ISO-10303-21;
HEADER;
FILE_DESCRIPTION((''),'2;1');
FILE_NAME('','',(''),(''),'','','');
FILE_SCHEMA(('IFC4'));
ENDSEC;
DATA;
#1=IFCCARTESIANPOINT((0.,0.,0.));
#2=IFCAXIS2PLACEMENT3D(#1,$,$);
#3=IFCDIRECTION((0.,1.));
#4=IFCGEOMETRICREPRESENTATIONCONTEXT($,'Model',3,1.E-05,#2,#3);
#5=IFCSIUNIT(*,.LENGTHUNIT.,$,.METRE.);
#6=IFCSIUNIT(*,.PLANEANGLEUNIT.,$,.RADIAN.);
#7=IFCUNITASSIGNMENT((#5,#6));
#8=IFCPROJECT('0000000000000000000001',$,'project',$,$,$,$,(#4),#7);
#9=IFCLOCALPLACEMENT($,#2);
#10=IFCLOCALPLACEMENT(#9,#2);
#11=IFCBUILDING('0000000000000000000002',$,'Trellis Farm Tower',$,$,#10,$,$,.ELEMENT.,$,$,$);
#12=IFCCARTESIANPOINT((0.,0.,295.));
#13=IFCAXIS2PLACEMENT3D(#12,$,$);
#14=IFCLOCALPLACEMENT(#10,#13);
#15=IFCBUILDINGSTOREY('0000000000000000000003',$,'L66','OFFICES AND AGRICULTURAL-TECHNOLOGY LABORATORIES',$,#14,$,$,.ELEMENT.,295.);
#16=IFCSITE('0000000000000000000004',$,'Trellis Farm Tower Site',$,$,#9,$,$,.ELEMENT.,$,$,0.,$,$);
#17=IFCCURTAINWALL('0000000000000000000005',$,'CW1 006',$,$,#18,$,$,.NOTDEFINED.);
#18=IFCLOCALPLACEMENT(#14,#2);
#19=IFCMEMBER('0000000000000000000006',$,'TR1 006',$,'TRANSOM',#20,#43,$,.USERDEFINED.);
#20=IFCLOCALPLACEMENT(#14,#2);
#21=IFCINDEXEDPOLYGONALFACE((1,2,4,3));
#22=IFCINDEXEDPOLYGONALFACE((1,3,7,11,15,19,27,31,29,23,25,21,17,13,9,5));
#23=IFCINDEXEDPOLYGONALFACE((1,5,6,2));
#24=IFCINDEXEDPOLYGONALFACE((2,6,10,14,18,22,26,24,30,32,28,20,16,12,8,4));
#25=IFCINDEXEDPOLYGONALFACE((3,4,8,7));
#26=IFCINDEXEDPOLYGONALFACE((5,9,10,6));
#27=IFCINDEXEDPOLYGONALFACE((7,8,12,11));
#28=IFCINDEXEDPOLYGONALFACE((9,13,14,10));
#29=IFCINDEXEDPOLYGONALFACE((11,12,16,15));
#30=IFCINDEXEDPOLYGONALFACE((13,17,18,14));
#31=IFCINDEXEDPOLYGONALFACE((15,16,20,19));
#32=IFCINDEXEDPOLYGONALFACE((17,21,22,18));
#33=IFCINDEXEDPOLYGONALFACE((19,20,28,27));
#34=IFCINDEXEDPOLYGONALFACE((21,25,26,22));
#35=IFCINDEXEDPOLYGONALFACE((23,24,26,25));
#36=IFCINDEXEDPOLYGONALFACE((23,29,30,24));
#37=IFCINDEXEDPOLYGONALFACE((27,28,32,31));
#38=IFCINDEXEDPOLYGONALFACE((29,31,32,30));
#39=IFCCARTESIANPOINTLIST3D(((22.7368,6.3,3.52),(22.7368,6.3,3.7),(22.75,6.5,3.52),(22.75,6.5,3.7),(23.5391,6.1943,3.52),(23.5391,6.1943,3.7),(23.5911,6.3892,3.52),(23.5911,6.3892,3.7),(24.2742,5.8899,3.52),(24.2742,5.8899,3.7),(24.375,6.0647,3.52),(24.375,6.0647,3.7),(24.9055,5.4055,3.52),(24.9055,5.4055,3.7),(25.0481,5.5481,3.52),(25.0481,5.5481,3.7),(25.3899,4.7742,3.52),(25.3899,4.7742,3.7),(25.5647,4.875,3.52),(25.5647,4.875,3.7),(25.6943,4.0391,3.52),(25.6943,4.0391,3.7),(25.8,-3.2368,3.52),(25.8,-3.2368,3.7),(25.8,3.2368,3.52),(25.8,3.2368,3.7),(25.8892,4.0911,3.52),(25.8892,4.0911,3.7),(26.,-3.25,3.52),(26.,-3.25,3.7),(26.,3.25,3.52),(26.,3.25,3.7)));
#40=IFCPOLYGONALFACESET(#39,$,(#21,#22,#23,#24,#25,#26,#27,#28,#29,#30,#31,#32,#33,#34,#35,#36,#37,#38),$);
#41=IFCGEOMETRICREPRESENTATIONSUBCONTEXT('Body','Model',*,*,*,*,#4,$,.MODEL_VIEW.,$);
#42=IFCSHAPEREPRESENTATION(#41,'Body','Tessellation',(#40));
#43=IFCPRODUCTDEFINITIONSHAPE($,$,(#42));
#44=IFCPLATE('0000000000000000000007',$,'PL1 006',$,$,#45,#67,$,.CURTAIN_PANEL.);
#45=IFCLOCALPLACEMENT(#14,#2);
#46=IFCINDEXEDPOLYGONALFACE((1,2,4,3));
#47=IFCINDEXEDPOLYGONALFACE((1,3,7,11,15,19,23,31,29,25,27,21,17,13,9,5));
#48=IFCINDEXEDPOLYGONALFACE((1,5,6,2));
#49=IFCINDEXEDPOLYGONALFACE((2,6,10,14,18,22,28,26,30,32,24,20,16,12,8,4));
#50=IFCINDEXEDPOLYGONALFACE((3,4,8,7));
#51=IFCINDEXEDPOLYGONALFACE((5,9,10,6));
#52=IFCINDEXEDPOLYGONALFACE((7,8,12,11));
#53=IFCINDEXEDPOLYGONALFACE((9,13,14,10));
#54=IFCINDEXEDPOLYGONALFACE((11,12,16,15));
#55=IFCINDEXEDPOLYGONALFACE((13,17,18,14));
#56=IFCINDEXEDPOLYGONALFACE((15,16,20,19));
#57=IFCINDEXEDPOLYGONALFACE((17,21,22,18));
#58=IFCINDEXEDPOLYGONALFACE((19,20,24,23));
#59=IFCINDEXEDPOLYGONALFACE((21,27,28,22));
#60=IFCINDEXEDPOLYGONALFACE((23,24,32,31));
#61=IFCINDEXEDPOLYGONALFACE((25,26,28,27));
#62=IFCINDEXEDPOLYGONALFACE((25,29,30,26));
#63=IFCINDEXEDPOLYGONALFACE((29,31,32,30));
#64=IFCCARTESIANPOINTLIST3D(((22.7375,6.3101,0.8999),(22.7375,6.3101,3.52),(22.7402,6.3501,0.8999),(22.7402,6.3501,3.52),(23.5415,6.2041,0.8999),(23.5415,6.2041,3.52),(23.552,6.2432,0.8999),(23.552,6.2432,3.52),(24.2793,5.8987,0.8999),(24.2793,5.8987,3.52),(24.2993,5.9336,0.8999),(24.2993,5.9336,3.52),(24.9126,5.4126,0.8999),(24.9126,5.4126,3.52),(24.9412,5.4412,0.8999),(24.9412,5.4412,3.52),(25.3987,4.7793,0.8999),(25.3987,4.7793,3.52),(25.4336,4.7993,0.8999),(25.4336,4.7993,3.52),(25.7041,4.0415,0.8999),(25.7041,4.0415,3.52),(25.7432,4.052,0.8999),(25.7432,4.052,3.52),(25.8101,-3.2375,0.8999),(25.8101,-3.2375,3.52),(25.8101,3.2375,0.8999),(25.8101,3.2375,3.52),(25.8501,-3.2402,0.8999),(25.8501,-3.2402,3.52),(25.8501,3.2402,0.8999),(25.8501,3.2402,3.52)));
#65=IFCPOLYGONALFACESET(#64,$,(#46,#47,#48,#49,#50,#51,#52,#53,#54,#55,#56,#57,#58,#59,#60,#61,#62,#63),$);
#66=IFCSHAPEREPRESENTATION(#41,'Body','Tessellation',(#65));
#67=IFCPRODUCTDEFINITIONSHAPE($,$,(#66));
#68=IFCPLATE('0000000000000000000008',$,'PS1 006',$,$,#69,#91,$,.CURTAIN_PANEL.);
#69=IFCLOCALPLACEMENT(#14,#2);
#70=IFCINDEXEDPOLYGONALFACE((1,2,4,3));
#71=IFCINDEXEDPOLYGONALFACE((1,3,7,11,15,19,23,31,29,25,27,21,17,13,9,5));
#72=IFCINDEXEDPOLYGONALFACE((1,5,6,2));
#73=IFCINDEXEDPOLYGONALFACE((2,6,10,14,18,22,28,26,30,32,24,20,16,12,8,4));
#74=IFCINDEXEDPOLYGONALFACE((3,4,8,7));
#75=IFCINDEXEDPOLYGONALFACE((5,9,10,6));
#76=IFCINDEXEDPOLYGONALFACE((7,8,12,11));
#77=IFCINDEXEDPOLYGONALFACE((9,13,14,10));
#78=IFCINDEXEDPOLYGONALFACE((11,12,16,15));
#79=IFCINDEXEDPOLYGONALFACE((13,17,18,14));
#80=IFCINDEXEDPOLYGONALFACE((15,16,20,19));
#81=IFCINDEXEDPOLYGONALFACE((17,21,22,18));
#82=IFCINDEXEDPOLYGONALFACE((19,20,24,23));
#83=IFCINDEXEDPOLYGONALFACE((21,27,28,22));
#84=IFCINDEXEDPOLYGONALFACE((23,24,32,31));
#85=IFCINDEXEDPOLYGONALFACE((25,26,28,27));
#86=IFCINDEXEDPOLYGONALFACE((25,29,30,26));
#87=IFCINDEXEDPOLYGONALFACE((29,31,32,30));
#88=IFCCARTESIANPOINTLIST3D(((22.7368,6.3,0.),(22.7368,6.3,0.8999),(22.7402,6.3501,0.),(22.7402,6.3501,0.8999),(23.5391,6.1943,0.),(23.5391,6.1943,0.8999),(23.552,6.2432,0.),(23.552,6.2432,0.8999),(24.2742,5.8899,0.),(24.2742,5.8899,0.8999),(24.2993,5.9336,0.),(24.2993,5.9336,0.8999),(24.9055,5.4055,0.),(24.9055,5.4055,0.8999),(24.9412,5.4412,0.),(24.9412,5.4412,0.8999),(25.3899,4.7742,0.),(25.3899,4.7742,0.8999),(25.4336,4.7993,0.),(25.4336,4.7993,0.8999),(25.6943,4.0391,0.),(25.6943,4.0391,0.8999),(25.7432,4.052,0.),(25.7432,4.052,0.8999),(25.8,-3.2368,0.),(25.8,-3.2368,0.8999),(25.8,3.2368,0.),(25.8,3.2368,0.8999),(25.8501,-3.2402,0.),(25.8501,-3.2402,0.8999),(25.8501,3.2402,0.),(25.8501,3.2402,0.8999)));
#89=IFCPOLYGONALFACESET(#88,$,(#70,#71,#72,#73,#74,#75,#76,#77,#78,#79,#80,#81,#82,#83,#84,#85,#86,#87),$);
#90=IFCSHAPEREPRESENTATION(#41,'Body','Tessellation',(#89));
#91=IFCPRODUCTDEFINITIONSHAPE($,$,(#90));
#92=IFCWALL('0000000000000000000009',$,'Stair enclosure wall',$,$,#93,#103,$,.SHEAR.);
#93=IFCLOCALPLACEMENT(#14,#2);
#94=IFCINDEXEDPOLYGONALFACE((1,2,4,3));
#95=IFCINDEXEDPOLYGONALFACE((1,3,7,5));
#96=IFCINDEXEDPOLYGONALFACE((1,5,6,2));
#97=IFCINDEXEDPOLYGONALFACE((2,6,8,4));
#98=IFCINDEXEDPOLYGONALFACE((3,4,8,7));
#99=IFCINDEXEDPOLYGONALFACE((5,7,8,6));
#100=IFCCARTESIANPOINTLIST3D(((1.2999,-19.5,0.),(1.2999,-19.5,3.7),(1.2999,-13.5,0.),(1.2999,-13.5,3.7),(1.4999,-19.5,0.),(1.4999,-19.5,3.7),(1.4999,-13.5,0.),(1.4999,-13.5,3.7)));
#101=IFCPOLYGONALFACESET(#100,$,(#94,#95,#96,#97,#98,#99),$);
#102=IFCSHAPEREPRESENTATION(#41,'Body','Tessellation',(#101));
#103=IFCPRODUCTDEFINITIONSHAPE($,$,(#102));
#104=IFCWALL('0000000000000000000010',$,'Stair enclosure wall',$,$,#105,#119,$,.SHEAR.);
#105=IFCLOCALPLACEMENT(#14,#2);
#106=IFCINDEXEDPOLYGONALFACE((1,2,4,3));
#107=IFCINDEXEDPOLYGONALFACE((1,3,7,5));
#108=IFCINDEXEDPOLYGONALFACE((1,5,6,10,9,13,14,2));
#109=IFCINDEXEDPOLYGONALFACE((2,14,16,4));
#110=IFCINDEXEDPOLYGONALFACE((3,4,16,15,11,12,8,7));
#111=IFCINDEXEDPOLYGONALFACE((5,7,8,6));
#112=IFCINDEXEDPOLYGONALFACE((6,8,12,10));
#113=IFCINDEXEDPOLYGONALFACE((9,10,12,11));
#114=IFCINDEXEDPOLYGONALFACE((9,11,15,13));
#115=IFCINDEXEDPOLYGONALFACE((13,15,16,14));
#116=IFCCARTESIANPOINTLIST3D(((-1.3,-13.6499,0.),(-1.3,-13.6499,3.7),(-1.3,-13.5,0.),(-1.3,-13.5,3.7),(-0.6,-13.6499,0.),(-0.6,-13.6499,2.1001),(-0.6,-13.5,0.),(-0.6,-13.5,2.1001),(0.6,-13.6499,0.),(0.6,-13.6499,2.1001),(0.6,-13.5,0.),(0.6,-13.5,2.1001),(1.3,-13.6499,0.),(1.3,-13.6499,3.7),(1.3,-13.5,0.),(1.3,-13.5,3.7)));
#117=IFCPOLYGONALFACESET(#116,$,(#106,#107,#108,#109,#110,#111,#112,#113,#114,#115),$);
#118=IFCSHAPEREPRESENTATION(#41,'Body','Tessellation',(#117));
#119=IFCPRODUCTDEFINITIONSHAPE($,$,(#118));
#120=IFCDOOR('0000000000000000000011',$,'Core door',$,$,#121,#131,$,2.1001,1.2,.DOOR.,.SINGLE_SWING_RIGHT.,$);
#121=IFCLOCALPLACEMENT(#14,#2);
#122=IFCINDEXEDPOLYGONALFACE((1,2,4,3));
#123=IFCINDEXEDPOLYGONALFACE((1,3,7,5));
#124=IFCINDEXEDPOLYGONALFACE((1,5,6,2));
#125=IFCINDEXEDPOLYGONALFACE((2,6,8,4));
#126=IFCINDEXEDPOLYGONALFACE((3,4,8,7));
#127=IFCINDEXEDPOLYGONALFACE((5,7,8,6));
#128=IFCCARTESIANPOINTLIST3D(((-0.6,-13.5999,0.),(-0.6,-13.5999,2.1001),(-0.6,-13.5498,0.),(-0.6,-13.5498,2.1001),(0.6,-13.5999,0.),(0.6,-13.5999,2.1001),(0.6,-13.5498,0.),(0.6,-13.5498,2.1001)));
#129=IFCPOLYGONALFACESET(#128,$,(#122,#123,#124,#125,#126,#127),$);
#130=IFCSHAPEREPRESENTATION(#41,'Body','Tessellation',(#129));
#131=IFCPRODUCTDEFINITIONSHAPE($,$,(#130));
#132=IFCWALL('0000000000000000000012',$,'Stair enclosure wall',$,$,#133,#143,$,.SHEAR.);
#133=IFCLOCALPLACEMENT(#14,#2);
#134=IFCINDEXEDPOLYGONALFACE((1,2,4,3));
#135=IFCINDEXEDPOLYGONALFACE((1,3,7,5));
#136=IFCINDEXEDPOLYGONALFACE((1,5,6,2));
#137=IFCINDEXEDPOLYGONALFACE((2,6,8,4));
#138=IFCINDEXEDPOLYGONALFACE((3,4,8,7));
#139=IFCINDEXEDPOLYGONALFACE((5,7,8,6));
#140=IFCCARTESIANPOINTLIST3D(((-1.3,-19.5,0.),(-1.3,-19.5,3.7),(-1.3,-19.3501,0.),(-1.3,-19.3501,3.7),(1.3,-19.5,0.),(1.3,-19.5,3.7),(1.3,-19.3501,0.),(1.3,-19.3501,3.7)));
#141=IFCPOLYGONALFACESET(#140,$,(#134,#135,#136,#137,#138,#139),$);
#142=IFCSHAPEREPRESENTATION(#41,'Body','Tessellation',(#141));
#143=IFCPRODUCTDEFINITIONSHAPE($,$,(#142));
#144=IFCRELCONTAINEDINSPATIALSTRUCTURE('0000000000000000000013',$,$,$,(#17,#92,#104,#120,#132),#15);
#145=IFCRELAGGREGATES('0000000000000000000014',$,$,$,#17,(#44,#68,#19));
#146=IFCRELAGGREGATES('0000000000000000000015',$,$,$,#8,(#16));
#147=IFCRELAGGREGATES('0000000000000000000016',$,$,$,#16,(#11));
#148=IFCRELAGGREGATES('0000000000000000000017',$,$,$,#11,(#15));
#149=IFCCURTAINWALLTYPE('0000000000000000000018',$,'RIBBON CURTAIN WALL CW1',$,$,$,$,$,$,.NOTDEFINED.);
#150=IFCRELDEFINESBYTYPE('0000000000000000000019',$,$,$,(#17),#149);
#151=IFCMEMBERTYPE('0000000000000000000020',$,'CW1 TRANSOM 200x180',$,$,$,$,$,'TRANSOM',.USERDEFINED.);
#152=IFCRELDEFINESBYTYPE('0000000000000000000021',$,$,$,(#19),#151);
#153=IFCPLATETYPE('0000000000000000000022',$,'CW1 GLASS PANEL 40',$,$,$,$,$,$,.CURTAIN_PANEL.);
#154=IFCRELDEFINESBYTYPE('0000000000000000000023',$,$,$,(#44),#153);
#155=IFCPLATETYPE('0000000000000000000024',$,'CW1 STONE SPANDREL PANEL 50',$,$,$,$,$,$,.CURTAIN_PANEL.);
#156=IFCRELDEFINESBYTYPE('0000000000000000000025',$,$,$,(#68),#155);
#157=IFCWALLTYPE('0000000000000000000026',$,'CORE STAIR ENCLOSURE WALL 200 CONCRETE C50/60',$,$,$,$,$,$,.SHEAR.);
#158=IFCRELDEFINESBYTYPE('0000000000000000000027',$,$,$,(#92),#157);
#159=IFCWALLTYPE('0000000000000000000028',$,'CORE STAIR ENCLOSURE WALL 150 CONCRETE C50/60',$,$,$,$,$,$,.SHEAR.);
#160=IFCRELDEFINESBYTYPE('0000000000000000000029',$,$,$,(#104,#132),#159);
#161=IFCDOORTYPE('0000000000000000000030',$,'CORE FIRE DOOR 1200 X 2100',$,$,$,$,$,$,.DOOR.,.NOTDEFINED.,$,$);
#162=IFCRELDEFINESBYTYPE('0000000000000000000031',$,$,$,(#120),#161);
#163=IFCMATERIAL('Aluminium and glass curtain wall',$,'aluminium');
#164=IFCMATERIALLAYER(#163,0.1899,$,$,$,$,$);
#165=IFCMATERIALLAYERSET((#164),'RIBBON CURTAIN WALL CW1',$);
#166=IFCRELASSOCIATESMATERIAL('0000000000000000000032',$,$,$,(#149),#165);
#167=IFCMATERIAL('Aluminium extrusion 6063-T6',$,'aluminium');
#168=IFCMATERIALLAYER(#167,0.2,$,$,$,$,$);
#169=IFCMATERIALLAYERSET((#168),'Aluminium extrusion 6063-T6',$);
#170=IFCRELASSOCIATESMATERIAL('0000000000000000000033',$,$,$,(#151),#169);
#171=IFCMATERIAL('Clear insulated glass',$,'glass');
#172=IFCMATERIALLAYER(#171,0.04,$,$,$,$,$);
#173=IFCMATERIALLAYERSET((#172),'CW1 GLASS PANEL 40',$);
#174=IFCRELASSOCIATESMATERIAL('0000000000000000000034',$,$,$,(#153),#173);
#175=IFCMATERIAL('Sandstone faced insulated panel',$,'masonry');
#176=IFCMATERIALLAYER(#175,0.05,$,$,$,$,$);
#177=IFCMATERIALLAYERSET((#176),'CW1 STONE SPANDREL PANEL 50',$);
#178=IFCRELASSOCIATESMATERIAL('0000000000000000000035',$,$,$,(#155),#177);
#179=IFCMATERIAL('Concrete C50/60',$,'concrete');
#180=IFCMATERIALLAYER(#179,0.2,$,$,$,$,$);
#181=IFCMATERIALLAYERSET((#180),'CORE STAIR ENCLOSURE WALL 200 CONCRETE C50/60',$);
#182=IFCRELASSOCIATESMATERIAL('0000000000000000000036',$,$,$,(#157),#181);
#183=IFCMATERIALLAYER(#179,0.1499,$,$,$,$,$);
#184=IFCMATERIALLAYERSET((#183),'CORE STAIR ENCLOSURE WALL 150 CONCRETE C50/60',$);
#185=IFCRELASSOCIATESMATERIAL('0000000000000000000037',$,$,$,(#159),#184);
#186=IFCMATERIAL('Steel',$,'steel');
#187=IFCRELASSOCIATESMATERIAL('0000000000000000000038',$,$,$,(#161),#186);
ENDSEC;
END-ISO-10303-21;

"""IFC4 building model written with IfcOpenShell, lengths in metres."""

from ifc_helpers import new_model, si_unit, direction, frame, frame_2d, origin, place, context, subcontext, project, spatial, polyline, rectangle, outline, extrude, source, transform, mapped, material, layer, layer_set, type_object, element, fill, aggregate, save


model = new_model("IFC4")

# Units and contexts
model_context = context("Model", 3, precision=1e-05, world=origin(), true_north=direction((0.0, 1.0)))
body_context = subcontext(model_context, "Body", "Model", "MODEL_VIEW")
ifc_project = project(units=[si_unit("LENGTHUNIT", "METRE"), si_unit("PLANEANGLEUNIT", "RADIAN")], contexts=[model_context])

# Site, building, storey
site_placement = place(None, origin())
site = spatial("IfcSite", under=ifc_project, at=site_placement, Name="Trellis Farm Tower Site", CompositionType="ELEMENT", RefElevation=0.0)
building_placement = place(site_placement, origin())
building = spatial("IfcBuilding", under=site, at=building_placement, Name="Trellis Farm Tower", CompositionType="ELEMENT")
storey_placement = place(building_placement, frame((0.0, 0.0, 295.0)))
storey = spatial("IfcBuildingStorey", under=building, at=storey_placement, Name="L66", Description="OFFICES AND AGRICULTURAL-TECHNOLOGY LABORATORIES", CompositionType="ELEMENT", Elevation=295.0)

# Curtain wall, member, plates
ifc_material_1 = material(Name="Aluminium and glass curtain wall", Category="aluminium")
ifc_layer_1 = layer(ifc_material_1, 0.1899)
ifc_layer_set_1 = layer_set([ifc_layer_1], Name="RIBBON CURTAIN WALL CW1")
curtain_wall_type = type_object("IfcCurtainWallType", Name="RIBBON CURTAIN WALL CW1", PredefinedType="NOTDEFINED", material=ifc_layer_set_1)
placement = place(storey_placement, origin())
curtain_wall = element("IfcCurtainWall", 1, at=placement, inside=storey, type_object=curtain_wall_type, Name="CW1 006", PredefinedType="NOTDEFINED")
ifc_material_2 = material(Name="Aluminium extrusion 6063-T6", Category="aluminium")
ifc_layer_2 = layer(ifc_material_2, 0.2)
ifc_layer_set_2 = layer_set([ifc_layer_2], Name="Aluminium extrusion 6063-T6")
member_type = type_object("IfcMemberType", Name="CW1 TRANSOM 200x180", ElementType="TRANSOM", PredefinedType="USERDEFINED", material=ifc_layer_set_2)
shared_shape_1 = source(origin(), body_context, "Body", "SweptSolid", [
    extrude(outline(polyline([(26.0, -3.25), (26.0, 3.25), (25.8892, 4.0911), (25.5647, 4.875), (25.0481, 5.5481), (24.375, 6.0647), (23.5911, 6.3892), (22.75, 6.5), (22.7368, 6.3), (23.5391, 6.1943), (24.2742, 5.8899), (24.9055, 5.4055), (25.3899, 4.7742), (25.6943, 4.0391), (25.8, 3.2368), (25.8, -3.2368), (26.0, -3.25)])), origin(), (0.0, 0.0, 1.0), 0.1799),
])
member_placement = place(storey_placement, frame((0.0, 0.0, 3.52)))
member = element("IfcMember", 2, at=member_placement, type_object=member_type, Name="TR1 006", ObjectType="TRANSOM", PredefinedType="USERDEFINED", context=body_context, shape_type="MappedRepresentation", body=[
    mapped(shared_shape_1, transform((0.0, 0.0, 0.0))),
])
ifc_material_3 = material(Name="Clear insulated glass", Category="glass")
ifc_layer_3 = layer(ifc_material_3, 0.04)
ifc_layer_set_3 = layer_set([ifc_layer_3], Name="CW1 GLASS PANEL 40")
plate_type_1 = type_object("IfcPlateType", Name="CW1 GLASS PANEL 40", PredefinedType="CURTAIN_PANEL", material=ifc_layer_set_3)
shared_shape_2 = source(origin(), body_context, "Body", "SweptSolid", [
    extrude(outline(polyline([(25.8501, -3.2402), (25.8501, 3.2402), (25.7432, 4.052), (25.4336, 4.7993), (24.9412, 5.4412), (24.2993, 5.9336), (23.552, 6.2432), (22.7402, 6.3501), (22.7375, 6.3101), (23.5415, 6.2041), (24.2793, 5.8987), (24.9126, 5.4126), (25.3987, 4.7793), (25.7041, 4.0415), (25.8101, 3.2375), (25.8101, -3.2375), (25.8501, -3.2402)])), origin(), (0.0, 0.0, 1.0), 2.6201),
])
plate_1_placement = place(storey_placement, frame((0.0, 0.0, 0.8999)))
plate_1 = element("IfcPlate", 3, at=plate_1_placement, type_object=plate_type_1, Name="PL1 006", PredefinedType="CURTAIN_PANEL", context=body_context, shape_type="MappedRepresentation", body=[
    mapped(shared_shape_2, transform((0.0, 0.0, 0.0))),
])
ifc_material_4 = material(Name="Sandstone faced insulated panel", Category="masonry")
ifc_layer_4 = layer(ifc_material_4, 0.05)
ifc_layer_set_4 = layer_set([ifc_layer_4], Name="CW1 STONE SPANDREL PANEL 50")
plate_type_2 = type_object("IfcPlateType", Name="CW1 STONE SPANDREL PANEL 50", PredefinedType="CURTAIN_PANEL", material=ifc_layer_set_4)
shared_shape_3 = source(origin(), body_context, "Body", "SweptSolid", [
    extrude(outline(polyline([(25.8501, -3.2402), (25.8501, 3.2402), (25.7432, 4.052), (25.4336, 4.7993), (24.9412, 5.4412), (24.2993, 5.9336), (23.552, 6.2432), (22.7402, 6.3501), (22.7368, 6.3), (23.5391, 6.1943), (24.2742, 5.8899), (24.9055, 5.4055), (25.3899, 4.7742), (25.6943, 4.0391), (25.8, 3.2368), (25.8, -3.2368), (25.8501, -3.2402)])), origin(), (0.0, 0.0, 1.0), 0.8999),
])
plate_2 = element("IfcPlate", 4, at=placement, type_object=plate_type_2, Name="PS1 006", PredefinedType="CURTAIN_PANEL", context=body_context, shape_type="MappedRepresentation", body=[
    mapped(shared_shape_3, transform((0.0, 0.0, 0.0))),
])
aggregate(curtain_wall, [plate_1, plate_2, member])

# Wall
ifc_material_5 = material(Name="Concrete C50/60", Category="concrete")
ifc_layer_5 = layer(ifc_material_5, 0.2)
ifc_layer_set_5 = layer_set([ifc_layer_5], Name="CORE STAIR ENCLOSURE WALL 200 CONCRETE C50/60")
wall_type_1 = type_object("IfcWallType", Name="CORE STAIR ENCLOSURE WALL 200 CONCRETE C50/60", PredefinedType="SHEAR", material=ifc_layer_set_5)
shared_shape_4 = source(origin(), body_context, "Body", "SweptSolid", [
    extrude(rectangle(XDim=6.0, YDim=0.2, at=frame_2d((3.0, 0.0))), origin(), (0.0, 0.0, 1.0), 3.7),
])
wall_1_placement = place(storey_placement, frame((1.3999, -13.5, 0.0), z_axis=(0.0, 0.0, 1.0), x_axis=(0.0, -1.0, 0.0)))
element("IfcWall", 5, at=wall_1_placement, inside=storey, type_object=wall_type_1, Name="Stair enclosure wall", PredefinedType="SHEAR", context=body_context, shape_type="MappedRepresentation", body=[
    mapped(shared_shape_4, transform((0.0, 0.0, 0.0))),
])

# Wall, opening, door
ifc_layer_6 = layer(ifc_material_5, 0.1499)
ifc_layer_set_6 = layer_set([ifc_layer_6], Name="CORE STAIR ENCLOSURE WALL 150 CONCRETE C50/60")
wall_type_2 = type_object("IfcWallType", Name="CORE STAIR ENCLOSURE WALL 150 CONCRETE C50/60", PredefinedType="SHEAR", material=ifc_layer_set_6)
shared_shape_5 = source(origin(), body_context, "Body", "SweptSolid", [
    extrude(rectangle(XDim=2.6001, YDim=0.1499, at=frame_2d((1.3, 0.0))), origin(), (0.0, 0.0, 1.0), 3.7),
])
wall_2_placement = place(storey_placement, frame((1.3, -13.575, 0.0), z_axis=(0.0, 0.0, 1.0), x_axis=(-1.0, 0.0, 0.0)))
wall_2 = element("IfcWall", 6, at=wall_2_placement, inside=storey, type_object=wall_type_2, Name="Stair enclosure wall", PredefinedType="SHEAR", context=body_context, shape_type="MappedRepresentation", body=[
    mapped(shared_shape_5, transform((0.0, 0.0, 0.0))),
])
shared_shape_6 = source(origin(), body_context, "Body", "SweptSolid", [
    extrude(rectangle(XDim=1.2, YDim=2.1001, at=frame_2d((0.6001, 1.05))), frame((0.0, 0.085, 0.0), z_axis=(0.0, -1.0, 0.0), x_axis=(1.0, 0.0, 0.0)), (0.0, 0.0, 1.0), 0.1699),
])
opening_1_placement = place(wall_2_placement, frame((0.7, 0.0, 0.0)))
opening_1 = element("IfcOpeningElement", 7, at=opening_1_placement, cuts=wall_2, PredefinedType="OPENING", context=body_context, shape_type="MappedRepresentation", body=[
    mapped(shared_shape_6, transform((0.0, 0.0, 0.0))),
])
ifc_material_6 = material(Name="Steel", Category="steel")
door_type_1 = type_object("IfcDoorType", Name="CORE FIRE DOOR 1200 X 2100", OperationType="NOTDEFINED", PredefinedType="DOOR", material=ifc_material_6)
shared_shape_7 = source(origin(), body_context, "Body", "SweptSolid", [
    extrude(rectangle(XDim=1.2, YDim=2.1001, at=frame_2d((0.6001, 1.05))), frame((0.0, 0.0249, 0.0), z_axis=(0.0, -1.0, 0.0), x_axis=(1.0, 0.0, 0.0)), (0.0, 0.0, 1.0), 0.05),
])
door_1_placement = place(opening_1_placement, origin())
door_1 = element("IfcDoor", 8, at=door_1_placement, inside=storey, type_object=door_type_1, Name="Core door", OperationType="SINGLE_SWING_RIGHT", OverallHeight=2.1001, OverallWidth=1.2, PredefinedType="DOOR", context=body_context, shape_type="MappedRepresentation", body=[
    mapped(shared_shape_7, transform((0.0, 0.0, 0.0))),
])
fill(opening_1, door_1)

# Wall
wall_3_placement = place(storey_placement, frame((1.3, -19.425, 0.0), z_axis=(0.0, 0.0, 1.0), x_axis=(-1.0, 0.0, 0.0)))
element("IfcWall", 9, at=wall_3_placement, inside=storey, type_object=wall_type_2, Name="Stair enclosure wall", PredefinedType="SHEAR", context=body_context, shape_type="MappedRepresentation", body=[
    mapped(shared_shape_5, transform((0.0, 0.0, 0.0))),
])

save(model, "model.ifc")
